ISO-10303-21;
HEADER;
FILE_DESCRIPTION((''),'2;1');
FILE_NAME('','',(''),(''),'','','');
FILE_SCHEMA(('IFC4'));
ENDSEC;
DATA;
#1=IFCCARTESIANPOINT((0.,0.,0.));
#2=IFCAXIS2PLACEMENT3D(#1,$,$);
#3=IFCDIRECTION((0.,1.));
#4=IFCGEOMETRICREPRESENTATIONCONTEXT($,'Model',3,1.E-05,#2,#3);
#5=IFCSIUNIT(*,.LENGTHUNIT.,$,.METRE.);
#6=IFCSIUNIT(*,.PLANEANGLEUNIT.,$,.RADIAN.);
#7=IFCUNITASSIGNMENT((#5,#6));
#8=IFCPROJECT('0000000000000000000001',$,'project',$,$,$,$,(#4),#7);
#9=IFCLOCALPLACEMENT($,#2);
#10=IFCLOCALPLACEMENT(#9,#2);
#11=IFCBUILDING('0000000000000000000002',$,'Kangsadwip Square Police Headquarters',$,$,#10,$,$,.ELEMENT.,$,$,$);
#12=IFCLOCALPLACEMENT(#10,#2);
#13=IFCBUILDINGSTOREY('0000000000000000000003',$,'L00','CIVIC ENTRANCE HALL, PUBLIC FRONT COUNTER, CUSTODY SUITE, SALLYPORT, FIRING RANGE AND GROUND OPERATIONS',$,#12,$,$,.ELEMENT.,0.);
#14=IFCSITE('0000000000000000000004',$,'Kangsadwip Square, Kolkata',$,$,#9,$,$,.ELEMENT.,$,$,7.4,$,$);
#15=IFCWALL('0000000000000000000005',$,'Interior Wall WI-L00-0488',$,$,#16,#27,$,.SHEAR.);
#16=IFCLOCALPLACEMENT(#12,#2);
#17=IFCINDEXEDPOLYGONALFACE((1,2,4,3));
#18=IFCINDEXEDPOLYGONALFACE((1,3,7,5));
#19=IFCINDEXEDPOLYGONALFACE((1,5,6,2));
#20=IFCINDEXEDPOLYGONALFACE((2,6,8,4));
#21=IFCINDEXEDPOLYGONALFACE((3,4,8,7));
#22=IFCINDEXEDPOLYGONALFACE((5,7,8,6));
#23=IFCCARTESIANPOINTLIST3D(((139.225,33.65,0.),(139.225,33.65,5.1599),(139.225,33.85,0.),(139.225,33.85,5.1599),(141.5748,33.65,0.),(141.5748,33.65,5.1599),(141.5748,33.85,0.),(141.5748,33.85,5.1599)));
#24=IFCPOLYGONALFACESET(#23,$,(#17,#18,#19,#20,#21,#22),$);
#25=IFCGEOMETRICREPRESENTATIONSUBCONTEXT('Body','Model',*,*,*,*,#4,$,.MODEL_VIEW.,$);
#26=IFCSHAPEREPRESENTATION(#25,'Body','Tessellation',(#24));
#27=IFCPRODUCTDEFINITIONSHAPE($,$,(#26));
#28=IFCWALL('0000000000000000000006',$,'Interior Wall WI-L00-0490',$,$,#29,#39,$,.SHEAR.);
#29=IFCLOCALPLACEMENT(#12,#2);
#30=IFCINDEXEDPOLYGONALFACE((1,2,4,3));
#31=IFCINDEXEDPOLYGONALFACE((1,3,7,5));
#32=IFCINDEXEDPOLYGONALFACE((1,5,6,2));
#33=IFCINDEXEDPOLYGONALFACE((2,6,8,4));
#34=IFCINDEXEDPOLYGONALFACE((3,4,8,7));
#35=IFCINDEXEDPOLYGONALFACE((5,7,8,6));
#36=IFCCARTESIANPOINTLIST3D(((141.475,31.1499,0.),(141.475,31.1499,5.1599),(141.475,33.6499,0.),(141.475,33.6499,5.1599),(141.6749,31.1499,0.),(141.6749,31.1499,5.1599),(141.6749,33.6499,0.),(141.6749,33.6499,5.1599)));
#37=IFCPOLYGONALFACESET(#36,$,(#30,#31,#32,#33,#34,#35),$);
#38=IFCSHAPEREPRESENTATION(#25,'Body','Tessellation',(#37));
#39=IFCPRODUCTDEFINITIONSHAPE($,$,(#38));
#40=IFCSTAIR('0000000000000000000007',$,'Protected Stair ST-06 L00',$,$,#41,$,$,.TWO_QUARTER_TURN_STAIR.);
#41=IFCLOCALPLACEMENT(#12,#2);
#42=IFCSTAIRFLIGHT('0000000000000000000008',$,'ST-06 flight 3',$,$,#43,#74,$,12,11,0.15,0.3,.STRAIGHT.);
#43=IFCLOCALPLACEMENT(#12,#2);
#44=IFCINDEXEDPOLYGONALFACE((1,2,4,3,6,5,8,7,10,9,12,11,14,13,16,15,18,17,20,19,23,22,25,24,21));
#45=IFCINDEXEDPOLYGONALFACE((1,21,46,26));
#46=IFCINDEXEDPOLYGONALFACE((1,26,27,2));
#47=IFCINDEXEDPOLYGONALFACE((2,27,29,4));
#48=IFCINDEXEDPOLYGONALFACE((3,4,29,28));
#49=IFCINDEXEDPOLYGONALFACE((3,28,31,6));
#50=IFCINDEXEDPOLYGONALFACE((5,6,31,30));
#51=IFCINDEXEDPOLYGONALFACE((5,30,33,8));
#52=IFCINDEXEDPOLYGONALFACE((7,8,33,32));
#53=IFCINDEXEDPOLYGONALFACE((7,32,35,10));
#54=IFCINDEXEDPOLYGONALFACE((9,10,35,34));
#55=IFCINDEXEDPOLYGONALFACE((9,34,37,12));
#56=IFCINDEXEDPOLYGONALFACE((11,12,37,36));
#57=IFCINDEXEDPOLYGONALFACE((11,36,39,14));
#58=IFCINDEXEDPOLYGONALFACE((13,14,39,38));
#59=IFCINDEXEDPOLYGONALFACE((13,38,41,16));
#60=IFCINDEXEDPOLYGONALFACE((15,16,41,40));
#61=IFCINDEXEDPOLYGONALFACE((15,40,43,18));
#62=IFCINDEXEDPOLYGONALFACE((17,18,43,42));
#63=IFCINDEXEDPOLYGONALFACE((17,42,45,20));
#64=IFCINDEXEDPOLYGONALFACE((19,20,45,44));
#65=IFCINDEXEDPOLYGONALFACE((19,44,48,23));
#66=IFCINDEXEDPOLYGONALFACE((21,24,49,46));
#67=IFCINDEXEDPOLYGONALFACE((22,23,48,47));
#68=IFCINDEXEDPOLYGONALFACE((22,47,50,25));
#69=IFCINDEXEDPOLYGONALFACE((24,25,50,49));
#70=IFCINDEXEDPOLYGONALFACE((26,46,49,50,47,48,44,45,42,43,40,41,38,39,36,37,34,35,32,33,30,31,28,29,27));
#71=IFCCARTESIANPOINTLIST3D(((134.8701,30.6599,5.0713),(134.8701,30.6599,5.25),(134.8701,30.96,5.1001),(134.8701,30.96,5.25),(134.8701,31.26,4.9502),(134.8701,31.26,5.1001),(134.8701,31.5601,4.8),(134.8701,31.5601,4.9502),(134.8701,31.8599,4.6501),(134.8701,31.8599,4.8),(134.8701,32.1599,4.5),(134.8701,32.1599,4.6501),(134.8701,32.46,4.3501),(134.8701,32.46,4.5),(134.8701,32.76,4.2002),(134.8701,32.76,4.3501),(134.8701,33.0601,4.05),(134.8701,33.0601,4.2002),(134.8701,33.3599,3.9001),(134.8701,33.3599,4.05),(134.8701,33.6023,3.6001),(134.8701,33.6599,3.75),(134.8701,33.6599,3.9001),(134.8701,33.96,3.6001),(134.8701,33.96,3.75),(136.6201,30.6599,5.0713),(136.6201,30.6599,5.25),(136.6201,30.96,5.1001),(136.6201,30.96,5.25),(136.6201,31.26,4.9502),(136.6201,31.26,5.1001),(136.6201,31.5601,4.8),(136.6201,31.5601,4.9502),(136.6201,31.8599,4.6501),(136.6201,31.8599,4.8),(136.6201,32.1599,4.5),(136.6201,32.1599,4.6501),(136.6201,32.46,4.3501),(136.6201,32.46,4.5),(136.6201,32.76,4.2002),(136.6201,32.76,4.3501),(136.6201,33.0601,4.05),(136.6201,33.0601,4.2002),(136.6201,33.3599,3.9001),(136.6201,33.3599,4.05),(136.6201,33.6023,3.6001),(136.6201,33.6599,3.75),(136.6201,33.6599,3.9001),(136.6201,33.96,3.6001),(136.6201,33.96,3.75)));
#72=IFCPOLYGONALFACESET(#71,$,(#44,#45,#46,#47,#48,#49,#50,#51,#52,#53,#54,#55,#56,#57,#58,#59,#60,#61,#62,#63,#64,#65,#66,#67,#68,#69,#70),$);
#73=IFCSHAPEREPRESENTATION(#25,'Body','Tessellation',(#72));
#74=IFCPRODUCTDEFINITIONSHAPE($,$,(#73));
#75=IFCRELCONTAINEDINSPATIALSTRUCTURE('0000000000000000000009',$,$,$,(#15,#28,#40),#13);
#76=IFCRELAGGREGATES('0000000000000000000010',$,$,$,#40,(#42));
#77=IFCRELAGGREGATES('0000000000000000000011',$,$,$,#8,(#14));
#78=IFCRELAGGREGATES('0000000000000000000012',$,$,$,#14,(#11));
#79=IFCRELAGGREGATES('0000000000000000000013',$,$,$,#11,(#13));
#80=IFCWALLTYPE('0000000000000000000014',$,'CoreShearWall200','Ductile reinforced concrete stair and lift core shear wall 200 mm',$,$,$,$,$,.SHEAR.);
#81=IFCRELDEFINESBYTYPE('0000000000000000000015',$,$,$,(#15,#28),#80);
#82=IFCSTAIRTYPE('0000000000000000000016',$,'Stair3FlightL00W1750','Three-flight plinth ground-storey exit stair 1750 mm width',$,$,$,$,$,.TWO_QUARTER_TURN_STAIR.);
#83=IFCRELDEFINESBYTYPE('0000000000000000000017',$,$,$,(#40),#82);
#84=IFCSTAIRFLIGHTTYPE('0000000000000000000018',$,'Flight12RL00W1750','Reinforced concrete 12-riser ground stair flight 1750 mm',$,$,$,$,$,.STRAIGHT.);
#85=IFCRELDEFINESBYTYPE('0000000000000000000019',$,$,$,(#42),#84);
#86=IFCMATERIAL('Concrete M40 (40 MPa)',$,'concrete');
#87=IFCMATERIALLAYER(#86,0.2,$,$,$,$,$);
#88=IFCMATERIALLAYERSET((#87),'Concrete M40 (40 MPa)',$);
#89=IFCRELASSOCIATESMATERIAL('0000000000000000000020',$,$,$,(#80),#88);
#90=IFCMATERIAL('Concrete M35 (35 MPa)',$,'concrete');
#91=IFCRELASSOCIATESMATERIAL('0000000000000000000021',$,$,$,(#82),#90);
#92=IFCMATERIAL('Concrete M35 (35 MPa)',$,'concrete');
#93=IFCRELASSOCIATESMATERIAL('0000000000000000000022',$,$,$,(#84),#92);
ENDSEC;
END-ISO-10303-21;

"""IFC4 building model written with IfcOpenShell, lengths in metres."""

from ifc_helpers import new_model, si_unit, direction, frame, frame_2d, origin, place, context, subcontext, project, spatial, polyline, rectangle, outline, extrude, material, layer, layer_set, type_object, element, aggregate, save


model = new_model("IFC4")

# Units and contexts
model_context = context("Model", 3, precision=1e-05, world=origin(), true_north=direction((0.0, 1.0)))
body_context = subcontext(model_context, "Body", "Model", "MODEL_VIEW")
ifc_project = project(units=[si_unit("LENGTHUNIT", "METRE"), si_unit("PLANEANGLEUNIT", "RADIAN")], contexts=[model_context])

# Site, building, storey
site_placement = place(None, origin())
site = spatial("IfcSite", under=ifc_project, at=site_placement, Name="Kangsadwip Square, Kolkata", CompositionType="ELEMENT", RefElevation=7.4)
building_placement = place(site_placement, origin())
building = spatial("IfcBuilding", under=site, at=building_placement, Name="Kangsadwip Square Police Headquarters", CompositionType="ELEMENT")
storey_placement = place(building_placement, origin())
storey = spatial("IfcBuildingStorey", under=building, at=storey_placement, Name="L00", Description="CIVIC ENTRANCE HALL, PUBLIC FRONT COUNTER, CUSTODY SUITE, SALLYPORT, FIRING RANGE AND GROUND OPERATIONS", CompositionType="ELEMENT", Elevation=0.0)

# Walls
ifc_material_1 = material(Name="Concrete M40 (40 MPa)", Category="concrete")
ifc_layer_1 = layer(ifc_material_1, 0.2)
ifc_layer_set_1 = layer_set([ifc_layer_1], Name="Concrete M40 (40 MPa)")
wall_type_1 = type_object("IfcWallType", Name="CoreShearWall200", Description="Ductile reinforced concrete stair and lift core shear wall 200 mm", PredefinedType="SHEAR", material=ifc_layer_set_1)
wall_1_placement = place(storey_placement, frame((139.2251, 33.75, 0.0), z_axis=(0.0, 0.0, 1.0), x_axis=(1.0, 0.0, 0.0)))
element("IfcWall", 1, at=wall_1_placement, inside=storey, type_object=wall_type_1, Name="Interior Wall WI-L00-0488", PredefinedType="SHEAR", context=body_context, shape_type="SweptSolid", body=[
    extrude(rectangle(XDim=2.3499, YDim=0.2, at=frame_2d((1.1748, 0.0))), origin(), (0.0, 0.0, 1.0), 5.1599),
])
wall_2_placement = place(storey_placement, frame((141.575, 31.1499, 0.0), z_axis=(0.0, 0.0, 1.0), x_axis=(0.0, 1.0, 0.0)))
element("IfcWall", 2, at=wall_2_placement, inside=storey, type_object=wall_type_1, Name="Interior Wall WI-L00-0490", PredefinedType="SHEAR", context=body_context, shape_type="SweptSolid", body=[
    extrude(rectangle(XDim=2.5, YDim=0.2, at=frame_2d((1.25, 0.0))), origin(), (0.0, 0.0, 1.0), 5.1599),
])

# Stair, stair flight
ifc_material_2 = material(Name="Concrete M35 (35 MPa)", Category="concrete")
stair_type = type_object("IfcStairType", Name="Stair3FlightL00W1750", Description="Three-flight plinth ground-storey exit stair 1750 mm width", PredefinedType="TWO_QUARTER_TURN_STAIR", material=ifc_material_2)
stair_placement = place(storey_placement, origin())
stair = element("IfcStair", 3, at=stair_placement, inside=storey, type_object=stair_type, Name="Protected Stair ST-06 L00", PredefinedType="TWO_QUARTER_TURN_STAIR")
ifc_material_3 = material(Name="Concrete M35 (35 MPa)", Category="concrete")
stair_flight_type = type_object("IfcStairFlightType", Name="Flight12RL00W1750", Description="Reinforced concrete 12-riser ground stair flight 1750 mm", PredefinedType="STRAIGHT", material=ifc_material_3)
stair_flight_placement = place(storey_placement, frame((135.7451, 33.96, 3.6001), z_axis=(0.0, 0.0, 1.0), x_axis=(0.0, -1.0, 0.0)))
stair_flight = element("IfcStairFlight", 4, at=stair_flight_placement, type_object=stair_flight_type, Name="ST-06 flight 3", NumberOfRisers=12, NumberOfTreads=11, PredefinedType="STRAIGHT", RiserHeight=0.15, TreadLength=0.3, context=body_context, shape_type="SweptSolid", body=[
    extrude(outline(polyline([(0.0, 0.0), (0.0, 0.1499), (0.3, 0.1499), (0.3, 0.3), (0.6001, 0.3), (0.6001, 0.45), (0.8999, 0.45), (0.8999, 0.6001), (1.2, 0.6001), (1.2, 0.75), (1.5, 0.75), (1.5, 0.8999), (1.8, 0.8999), (1.8, 1.05), (2.1001, 1.05), (2.1001, 1.2), (2.3999, 1.2), (2.3999, 1.3501), (2.7, 1.3501), (2.7, 1.5), (3.0, 1.5), (3.0, 1.6499), (3.3, 1.6499), (3.3, 1.8), (3.3, 1.4712), (0.3577, 0.0), (0.0, 0.0)])), frame((0.0, 0.875, 0.0), z_axis=(0.0, -1.0, 0.0), x_axis=(1.0, 0.0, 0.0)), (0.0, 0.0, 1.0), 1.75),
])
aggregate(stair, [stair_flight])

save(model, "model.ifc")
